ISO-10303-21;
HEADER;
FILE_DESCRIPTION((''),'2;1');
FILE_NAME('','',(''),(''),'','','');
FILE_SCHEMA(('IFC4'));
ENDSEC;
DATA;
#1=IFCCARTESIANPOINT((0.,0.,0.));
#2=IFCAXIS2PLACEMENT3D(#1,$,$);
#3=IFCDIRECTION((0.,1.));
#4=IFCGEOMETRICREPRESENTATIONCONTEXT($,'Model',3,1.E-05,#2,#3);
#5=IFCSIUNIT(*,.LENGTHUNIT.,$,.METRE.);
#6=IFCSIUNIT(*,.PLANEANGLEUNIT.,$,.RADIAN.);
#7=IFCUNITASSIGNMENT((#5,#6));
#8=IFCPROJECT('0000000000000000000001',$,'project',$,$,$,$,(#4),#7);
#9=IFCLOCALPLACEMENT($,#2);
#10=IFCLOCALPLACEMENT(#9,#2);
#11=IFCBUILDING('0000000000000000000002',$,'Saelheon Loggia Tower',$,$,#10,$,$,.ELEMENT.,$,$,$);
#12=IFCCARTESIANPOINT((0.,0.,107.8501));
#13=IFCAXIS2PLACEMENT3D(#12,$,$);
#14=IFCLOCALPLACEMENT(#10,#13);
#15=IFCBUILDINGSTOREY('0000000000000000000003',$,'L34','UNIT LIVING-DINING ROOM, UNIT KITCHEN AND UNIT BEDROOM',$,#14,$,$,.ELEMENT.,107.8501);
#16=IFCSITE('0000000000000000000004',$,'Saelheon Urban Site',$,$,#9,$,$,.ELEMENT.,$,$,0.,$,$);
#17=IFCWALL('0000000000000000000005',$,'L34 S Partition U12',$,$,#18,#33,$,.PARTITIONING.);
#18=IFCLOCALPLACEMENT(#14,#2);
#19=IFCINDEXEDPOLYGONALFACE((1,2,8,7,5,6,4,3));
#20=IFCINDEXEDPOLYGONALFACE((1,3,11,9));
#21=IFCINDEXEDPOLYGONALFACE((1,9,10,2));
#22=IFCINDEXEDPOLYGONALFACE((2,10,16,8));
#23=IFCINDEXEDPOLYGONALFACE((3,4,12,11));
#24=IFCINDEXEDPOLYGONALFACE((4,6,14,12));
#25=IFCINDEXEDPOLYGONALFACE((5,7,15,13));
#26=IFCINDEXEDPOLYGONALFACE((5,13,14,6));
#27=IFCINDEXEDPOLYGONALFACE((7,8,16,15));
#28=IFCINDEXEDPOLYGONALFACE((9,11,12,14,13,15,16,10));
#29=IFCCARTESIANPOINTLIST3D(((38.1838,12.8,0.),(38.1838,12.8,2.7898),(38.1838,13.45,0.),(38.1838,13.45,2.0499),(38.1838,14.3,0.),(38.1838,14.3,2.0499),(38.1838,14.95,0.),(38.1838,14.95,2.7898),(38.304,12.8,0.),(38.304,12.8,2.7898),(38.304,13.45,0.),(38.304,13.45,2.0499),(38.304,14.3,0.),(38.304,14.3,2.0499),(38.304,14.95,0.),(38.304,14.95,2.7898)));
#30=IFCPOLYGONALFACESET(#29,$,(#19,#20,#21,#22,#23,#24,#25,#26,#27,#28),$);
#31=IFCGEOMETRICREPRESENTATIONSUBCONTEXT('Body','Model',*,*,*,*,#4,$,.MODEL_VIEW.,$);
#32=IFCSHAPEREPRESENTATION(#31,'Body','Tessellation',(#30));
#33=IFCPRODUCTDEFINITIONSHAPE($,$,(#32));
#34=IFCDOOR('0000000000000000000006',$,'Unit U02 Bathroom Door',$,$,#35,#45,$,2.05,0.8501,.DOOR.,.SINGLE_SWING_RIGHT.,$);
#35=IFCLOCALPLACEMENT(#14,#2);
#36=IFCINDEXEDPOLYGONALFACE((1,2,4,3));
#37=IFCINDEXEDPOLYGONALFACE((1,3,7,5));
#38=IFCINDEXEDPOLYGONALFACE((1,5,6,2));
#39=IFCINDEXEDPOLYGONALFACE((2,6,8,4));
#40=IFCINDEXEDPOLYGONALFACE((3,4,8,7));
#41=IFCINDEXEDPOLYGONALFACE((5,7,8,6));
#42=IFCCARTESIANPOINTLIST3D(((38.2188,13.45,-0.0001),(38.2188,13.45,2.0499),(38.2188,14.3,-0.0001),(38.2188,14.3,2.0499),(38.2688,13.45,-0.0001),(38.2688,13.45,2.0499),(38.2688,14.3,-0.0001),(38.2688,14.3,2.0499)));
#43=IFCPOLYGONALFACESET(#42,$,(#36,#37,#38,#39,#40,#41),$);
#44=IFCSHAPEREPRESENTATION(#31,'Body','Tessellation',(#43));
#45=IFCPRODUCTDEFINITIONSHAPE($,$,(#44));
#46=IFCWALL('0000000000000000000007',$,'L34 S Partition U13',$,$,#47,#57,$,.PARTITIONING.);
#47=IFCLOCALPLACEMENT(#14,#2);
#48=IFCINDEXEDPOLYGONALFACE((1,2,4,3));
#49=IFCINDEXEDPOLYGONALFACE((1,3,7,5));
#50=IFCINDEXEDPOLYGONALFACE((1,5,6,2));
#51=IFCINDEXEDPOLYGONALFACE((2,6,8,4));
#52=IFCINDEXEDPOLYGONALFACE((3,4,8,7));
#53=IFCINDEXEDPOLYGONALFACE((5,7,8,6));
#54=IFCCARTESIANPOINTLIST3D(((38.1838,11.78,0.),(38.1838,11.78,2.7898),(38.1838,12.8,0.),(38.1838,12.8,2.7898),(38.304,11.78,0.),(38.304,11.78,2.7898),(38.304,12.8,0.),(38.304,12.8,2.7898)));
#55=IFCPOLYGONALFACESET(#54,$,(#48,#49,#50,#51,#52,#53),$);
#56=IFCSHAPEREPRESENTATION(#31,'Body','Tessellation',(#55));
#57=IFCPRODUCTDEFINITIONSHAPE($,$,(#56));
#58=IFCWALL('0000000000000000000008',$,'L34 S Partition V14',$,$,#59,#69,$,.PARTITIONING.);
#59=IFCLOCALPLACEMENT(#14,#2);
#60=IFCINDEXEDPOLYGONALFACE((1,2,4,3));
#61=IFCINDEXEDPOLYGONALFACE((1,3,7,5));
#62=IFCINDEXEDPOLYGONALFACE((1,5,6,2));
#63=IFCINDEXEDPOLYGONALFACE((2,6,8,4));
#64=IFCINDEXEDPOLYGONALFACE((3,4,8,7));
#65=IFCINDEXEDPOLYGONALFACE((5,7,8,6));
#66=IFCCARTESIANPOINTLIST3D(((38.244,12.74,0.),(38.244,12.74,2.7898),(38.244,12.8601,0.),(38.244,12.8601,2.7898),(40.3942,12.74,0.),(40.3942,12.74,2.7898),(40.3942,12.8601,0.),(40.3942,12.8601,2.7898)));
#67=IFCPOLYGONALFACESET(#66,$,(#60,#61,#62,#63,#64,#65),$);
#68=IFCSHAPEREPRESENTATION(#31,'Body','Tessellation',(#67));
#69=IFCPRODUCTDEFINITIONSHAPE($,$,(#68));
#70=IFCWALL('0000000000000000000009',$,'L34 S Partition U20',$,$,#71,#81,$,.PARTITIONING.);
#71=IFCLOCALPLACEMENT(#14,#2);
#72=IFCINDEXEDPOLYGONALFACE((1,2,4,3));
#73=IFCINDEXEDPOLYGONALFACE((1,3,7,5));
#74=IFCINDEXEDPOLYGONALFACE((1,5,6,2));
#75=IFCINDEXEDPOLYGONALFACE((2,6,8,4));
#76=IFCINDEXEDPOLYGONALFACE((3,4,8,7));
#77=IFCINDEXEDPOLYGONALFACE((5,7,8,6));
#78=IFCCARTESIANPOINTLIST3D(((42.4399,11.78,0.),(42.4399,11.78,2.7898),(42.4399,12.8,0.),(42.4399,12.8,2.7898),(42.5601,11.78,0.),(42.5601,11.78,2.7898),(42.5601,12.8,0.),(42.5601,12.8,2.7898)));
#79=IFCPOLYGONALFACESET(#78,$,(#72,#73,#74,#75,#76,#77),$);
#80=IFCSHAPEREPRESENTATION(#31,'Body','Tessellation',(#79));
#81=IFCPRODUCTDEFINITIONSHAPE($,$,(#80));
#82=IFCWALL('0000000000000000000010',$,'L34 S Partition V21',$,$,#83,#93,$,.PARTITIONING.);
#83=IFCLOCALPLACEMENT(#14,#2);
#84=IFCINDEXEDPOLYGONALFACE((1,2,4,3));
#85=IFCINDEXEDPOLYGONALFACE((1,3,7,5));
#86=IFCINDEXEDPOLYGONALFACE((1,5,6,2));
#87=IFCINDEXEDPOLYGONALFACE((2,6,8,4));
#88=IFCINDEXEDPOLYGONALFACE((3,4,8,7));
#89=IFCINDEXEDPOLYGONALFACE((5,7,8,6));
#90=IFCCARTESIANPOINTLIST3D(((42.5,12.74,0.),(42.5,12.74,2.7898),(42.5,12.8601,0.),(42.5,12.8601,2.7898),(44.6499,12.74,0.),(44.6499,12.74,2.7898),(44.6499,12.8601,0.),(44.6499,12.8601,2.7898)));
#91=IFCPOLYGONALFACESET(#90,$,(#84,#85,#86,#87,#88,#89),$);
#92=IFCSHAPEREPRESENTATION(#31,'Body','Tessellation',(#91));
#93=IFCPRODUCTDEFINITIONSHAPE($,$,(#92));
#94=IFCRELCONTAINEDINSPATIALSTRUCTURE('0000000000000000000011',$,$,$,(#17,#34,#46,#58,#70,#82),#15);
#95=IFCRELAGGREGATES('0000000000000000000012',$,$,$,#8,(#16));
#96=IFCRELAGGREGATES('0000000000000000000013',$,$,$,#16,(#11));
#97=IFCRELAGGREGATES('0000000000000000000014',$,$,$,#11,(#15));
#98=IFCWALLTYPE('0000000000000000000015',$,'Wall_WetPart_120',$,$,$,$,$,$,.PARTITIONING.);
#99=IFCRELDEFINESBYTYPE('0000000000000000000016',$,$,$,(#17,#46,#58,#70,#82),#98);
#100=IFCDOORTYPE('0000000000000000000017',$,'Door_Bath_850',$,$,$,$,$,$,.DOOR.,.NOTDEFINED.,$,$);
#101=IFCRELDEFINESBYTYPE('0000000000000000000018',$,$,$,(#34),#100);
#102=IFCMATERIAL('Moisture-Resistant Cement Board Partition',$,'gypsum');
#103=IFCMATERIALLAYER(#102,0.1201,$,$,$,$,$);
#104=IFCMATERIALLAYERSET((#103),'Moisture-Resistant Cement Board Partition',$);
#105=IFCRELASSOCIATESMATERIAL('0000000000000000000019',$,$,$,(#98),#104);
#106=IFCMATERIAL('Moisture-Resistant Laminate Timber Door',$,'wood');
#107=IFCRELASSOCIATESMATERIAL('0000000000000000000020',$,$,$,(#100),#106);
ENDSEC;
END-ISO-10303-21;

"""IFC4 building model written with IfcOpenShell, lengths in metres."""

from ifc_helpers import new_model, si_unit, direction, frame, frame_2d, origin, place, context, subcontext, project, spatial, rectangle, extrude, source, transform, mapped, material, layer, layer_set, type_object, element, fill, save


model = new_model("IFC4")

# Units and contexts
model_context = context("Model", 3, precision=1e-05, world=origin(), true_north=direction((0.0, 1.0)))
body_context = subcontext(model_context, "Body", "Model", "MODEL_VIEW")
ifc_project = project(units=[si_unit("LENGTHUNIT", "METRE"), si_unit("PLANEANGLEUNIT", "RADIAN")], contexts=[model_context])

# Site, building, storey
site_placement = place(None, origin())
site = spatial("IfcSite", under=ifc_project, at=site_placement, Name="Saelheon Urban Site", CompositionType="ELEMENT", RefElevation=0.0)
building_placement = place(site_placement, origin())
building = spatial("IfcBuilding", under=site, at=building_placement, Name="Saelheon Loggia Tower", CompositionType="ELEMENT")
storey_placement = place(building_placement, frame((0.0, 0.0, 107.8501)))
storey = spatial("IfcBuildingStorey", under=building, at=storey_placement, Name="L34", Description="UNIT LIVING-DINING ROOM, UNIT KITCHEN AND UNIT BEDROOM", CompositionType="ELEMENT", Elevation=107.8501)

# Wall, opening, door
ifc_material_1 = material(Name="Moisture-Resistant Cement Board Partition", Category="gypsum")
ifc_layer_1 = layer(ifc_material_1, 0.1201)
ifc_layer_set_1 = layer_set([ifc_layer_1], Name="Moisture-Resistant Cement Board Partition")
wall_type_1 = type_object("IfcWallType", Name="Wall_WetPart_120", PredefinedType="PARTITIONING", material=ifc_layer_set_1)
wall_1_placement = place(storey_placement, frame((38.2439, 14.95, 0.0), z_axis=(0.0, 0.0, 1.0), x_axis=(0.0, -1.0, 0.0)))
wall_1 = element("IfcWall", 1, at=wall_1_placement, inside=storey, type_object=wall_type_1, Name="L34 S Partition U12", PredefinedType="PARTITIONING", context=body_context, shape_type="SweptSolid", body=[
    extrude(rectangle(XDim=2.1499, YDim=0.1201, at=frame_2d((1.075, 0.0))), origin(), (0.0, 0.0, 1.0), 2.7898),
])
opening_1_placement = place(wall_1_placement, frame((0.6499, 0.0, 0.0)))
opening_1 = element("IfcOpeningElement", 2, at=opening_1_placement, cuts=wall_1, PredefinedType="OPENING", context=body_context, shape_type="SweptSolid", body=[
    extrude(rectangle(XDim=0.8501, YDim=2.05, at=frame_2d((0.425, 1.0249))), frame((0.0, 0.072, 0.0), z_axis=(0.0, -1.0, 0.0), x_axis=(1.0, 0.0, 0.0)), (0.0, 0.0, 1.0), 0.144),
])
ifc_material_2 = material(Name="Moisture-Resistant Laminate Timber Door", Category="wood")
door_type_1 = type_object("IfcDoorType", Name="Door_Bath_850", OperationType="NOTDEFINED", PredefinedType="DOOR", material=ifc_material_2)
shared_shape_1 = source(origin(), body_context, "Body", "SweptSolid", [
    extrude(rectangle(XDim=0.8501, YDim=2.05, at=frame_2d((0.425, 1.0249))), frame((0.0, 0.0249, 0.0), z_axis=(0.0, -1.0, 0.0), x_axis=(1.0, 0.0, 0.0)), (0.0, 0.0, 1.0), 0.05),
])
door_1_placement = place(opening_1_placement, origin())
door_1 = element("IfcDoor", 3, at=door_1_placement, inside=storey, type_object=door_type_1, Name="Unit U02 Bathroom Door", OperationType="SINGLE_SWING_RIGHT", OverallHeight=2.05, OverallWidth=0.8501, PredefinedType="DOOR", context=body_context, shape_type="MappedRepresentation", body=[
    mapped(shared_shape_1, transform((0.0, 0.0, 0.0), scale=1.0)),
])
fill(opening_1, door_1)

# Walls
wall_2_placement = place(storey_placement, frame((38.2439, 12.8, 0.0), z_axis=(0.0, 0.0, 1.0), x_axis=(0.0, -1.0, 0.0)))
element("IfcWall", 4, at=wall_2_placement, inside=storey, type_object=wall_type_1, Name="L34 S Partition U13", PredefinedType="PARTITIONING", context=body_context, shape_type="SweptSolid", body=[
    extrude(rectangle(XDim=1.02, YDim=0.1201, at=frame_2d((0.51, 0.0))), origin(), (0.0, 0.0, 1.0), 2.7898),
])
wall_3_placement = place(storey_placement, frame((38.2439, 12.8, 0.0), z_axis=(0.0, 0.0, 1.0), x_axis=(1.0, 0.0, 0.0)))
element("IfcWall", 5, at=wall_3_placement, inside=storey, type_object=wall_type_1, Name="L34 S Partition V14", PredefinedType="PARTITIONING", context=body_context, shape_type="SweptSolid", body=[
    extrude(rectangle(XDim=2.1501, YDim=0.1201, at=frame_2d((1.0752, 0.0))), origin(), (0.0, 0.0, 1.0), 2.7898),
])
wall_4_placement = place(storey_placement, frame((42.5, 12.8, 0.0), z_axis=(0.0, 0.0, 1.0), x_axis=(0.0, -1.0, 0.0)))
element("IfcWall", 6, at=wall_4_placement, inside=storey, type_object=wall_type_1, Name="L34 S Partition U20", PredefinedType="PARTITIONING", context=body_context, shape_type="SweptSolid", body=[
    extrude(rectangle(XDim=1.02, YDim=0.1201, at=frame_2d((0.51, 0.0))), origin(), (0.0, 0.0, 1.0), 2.7898),
])
wall_5_placement = place(storey_placement, frame((42.5, 12.8, 0.0), z_axis=(0.0, 0.0, 1.0), x_axis=(1.0, 0.0, 0.0)))
element("IfcWall", 7, at=wall_5_placement, inside=storey, type_object=wall_type_1, Name="L34 S Partition V21", PredefinedType="PARTITIONING", context=body_context, shape_type="SweptSolid", body=[
    extrude(rectangle(XDim=2.1499, YDim=0.1201, at=frame_2d((1.075, 0.0))), origin(), (0.0, 0.0, 1.0), 2.7898),
])

save(model, "model.ifc")
